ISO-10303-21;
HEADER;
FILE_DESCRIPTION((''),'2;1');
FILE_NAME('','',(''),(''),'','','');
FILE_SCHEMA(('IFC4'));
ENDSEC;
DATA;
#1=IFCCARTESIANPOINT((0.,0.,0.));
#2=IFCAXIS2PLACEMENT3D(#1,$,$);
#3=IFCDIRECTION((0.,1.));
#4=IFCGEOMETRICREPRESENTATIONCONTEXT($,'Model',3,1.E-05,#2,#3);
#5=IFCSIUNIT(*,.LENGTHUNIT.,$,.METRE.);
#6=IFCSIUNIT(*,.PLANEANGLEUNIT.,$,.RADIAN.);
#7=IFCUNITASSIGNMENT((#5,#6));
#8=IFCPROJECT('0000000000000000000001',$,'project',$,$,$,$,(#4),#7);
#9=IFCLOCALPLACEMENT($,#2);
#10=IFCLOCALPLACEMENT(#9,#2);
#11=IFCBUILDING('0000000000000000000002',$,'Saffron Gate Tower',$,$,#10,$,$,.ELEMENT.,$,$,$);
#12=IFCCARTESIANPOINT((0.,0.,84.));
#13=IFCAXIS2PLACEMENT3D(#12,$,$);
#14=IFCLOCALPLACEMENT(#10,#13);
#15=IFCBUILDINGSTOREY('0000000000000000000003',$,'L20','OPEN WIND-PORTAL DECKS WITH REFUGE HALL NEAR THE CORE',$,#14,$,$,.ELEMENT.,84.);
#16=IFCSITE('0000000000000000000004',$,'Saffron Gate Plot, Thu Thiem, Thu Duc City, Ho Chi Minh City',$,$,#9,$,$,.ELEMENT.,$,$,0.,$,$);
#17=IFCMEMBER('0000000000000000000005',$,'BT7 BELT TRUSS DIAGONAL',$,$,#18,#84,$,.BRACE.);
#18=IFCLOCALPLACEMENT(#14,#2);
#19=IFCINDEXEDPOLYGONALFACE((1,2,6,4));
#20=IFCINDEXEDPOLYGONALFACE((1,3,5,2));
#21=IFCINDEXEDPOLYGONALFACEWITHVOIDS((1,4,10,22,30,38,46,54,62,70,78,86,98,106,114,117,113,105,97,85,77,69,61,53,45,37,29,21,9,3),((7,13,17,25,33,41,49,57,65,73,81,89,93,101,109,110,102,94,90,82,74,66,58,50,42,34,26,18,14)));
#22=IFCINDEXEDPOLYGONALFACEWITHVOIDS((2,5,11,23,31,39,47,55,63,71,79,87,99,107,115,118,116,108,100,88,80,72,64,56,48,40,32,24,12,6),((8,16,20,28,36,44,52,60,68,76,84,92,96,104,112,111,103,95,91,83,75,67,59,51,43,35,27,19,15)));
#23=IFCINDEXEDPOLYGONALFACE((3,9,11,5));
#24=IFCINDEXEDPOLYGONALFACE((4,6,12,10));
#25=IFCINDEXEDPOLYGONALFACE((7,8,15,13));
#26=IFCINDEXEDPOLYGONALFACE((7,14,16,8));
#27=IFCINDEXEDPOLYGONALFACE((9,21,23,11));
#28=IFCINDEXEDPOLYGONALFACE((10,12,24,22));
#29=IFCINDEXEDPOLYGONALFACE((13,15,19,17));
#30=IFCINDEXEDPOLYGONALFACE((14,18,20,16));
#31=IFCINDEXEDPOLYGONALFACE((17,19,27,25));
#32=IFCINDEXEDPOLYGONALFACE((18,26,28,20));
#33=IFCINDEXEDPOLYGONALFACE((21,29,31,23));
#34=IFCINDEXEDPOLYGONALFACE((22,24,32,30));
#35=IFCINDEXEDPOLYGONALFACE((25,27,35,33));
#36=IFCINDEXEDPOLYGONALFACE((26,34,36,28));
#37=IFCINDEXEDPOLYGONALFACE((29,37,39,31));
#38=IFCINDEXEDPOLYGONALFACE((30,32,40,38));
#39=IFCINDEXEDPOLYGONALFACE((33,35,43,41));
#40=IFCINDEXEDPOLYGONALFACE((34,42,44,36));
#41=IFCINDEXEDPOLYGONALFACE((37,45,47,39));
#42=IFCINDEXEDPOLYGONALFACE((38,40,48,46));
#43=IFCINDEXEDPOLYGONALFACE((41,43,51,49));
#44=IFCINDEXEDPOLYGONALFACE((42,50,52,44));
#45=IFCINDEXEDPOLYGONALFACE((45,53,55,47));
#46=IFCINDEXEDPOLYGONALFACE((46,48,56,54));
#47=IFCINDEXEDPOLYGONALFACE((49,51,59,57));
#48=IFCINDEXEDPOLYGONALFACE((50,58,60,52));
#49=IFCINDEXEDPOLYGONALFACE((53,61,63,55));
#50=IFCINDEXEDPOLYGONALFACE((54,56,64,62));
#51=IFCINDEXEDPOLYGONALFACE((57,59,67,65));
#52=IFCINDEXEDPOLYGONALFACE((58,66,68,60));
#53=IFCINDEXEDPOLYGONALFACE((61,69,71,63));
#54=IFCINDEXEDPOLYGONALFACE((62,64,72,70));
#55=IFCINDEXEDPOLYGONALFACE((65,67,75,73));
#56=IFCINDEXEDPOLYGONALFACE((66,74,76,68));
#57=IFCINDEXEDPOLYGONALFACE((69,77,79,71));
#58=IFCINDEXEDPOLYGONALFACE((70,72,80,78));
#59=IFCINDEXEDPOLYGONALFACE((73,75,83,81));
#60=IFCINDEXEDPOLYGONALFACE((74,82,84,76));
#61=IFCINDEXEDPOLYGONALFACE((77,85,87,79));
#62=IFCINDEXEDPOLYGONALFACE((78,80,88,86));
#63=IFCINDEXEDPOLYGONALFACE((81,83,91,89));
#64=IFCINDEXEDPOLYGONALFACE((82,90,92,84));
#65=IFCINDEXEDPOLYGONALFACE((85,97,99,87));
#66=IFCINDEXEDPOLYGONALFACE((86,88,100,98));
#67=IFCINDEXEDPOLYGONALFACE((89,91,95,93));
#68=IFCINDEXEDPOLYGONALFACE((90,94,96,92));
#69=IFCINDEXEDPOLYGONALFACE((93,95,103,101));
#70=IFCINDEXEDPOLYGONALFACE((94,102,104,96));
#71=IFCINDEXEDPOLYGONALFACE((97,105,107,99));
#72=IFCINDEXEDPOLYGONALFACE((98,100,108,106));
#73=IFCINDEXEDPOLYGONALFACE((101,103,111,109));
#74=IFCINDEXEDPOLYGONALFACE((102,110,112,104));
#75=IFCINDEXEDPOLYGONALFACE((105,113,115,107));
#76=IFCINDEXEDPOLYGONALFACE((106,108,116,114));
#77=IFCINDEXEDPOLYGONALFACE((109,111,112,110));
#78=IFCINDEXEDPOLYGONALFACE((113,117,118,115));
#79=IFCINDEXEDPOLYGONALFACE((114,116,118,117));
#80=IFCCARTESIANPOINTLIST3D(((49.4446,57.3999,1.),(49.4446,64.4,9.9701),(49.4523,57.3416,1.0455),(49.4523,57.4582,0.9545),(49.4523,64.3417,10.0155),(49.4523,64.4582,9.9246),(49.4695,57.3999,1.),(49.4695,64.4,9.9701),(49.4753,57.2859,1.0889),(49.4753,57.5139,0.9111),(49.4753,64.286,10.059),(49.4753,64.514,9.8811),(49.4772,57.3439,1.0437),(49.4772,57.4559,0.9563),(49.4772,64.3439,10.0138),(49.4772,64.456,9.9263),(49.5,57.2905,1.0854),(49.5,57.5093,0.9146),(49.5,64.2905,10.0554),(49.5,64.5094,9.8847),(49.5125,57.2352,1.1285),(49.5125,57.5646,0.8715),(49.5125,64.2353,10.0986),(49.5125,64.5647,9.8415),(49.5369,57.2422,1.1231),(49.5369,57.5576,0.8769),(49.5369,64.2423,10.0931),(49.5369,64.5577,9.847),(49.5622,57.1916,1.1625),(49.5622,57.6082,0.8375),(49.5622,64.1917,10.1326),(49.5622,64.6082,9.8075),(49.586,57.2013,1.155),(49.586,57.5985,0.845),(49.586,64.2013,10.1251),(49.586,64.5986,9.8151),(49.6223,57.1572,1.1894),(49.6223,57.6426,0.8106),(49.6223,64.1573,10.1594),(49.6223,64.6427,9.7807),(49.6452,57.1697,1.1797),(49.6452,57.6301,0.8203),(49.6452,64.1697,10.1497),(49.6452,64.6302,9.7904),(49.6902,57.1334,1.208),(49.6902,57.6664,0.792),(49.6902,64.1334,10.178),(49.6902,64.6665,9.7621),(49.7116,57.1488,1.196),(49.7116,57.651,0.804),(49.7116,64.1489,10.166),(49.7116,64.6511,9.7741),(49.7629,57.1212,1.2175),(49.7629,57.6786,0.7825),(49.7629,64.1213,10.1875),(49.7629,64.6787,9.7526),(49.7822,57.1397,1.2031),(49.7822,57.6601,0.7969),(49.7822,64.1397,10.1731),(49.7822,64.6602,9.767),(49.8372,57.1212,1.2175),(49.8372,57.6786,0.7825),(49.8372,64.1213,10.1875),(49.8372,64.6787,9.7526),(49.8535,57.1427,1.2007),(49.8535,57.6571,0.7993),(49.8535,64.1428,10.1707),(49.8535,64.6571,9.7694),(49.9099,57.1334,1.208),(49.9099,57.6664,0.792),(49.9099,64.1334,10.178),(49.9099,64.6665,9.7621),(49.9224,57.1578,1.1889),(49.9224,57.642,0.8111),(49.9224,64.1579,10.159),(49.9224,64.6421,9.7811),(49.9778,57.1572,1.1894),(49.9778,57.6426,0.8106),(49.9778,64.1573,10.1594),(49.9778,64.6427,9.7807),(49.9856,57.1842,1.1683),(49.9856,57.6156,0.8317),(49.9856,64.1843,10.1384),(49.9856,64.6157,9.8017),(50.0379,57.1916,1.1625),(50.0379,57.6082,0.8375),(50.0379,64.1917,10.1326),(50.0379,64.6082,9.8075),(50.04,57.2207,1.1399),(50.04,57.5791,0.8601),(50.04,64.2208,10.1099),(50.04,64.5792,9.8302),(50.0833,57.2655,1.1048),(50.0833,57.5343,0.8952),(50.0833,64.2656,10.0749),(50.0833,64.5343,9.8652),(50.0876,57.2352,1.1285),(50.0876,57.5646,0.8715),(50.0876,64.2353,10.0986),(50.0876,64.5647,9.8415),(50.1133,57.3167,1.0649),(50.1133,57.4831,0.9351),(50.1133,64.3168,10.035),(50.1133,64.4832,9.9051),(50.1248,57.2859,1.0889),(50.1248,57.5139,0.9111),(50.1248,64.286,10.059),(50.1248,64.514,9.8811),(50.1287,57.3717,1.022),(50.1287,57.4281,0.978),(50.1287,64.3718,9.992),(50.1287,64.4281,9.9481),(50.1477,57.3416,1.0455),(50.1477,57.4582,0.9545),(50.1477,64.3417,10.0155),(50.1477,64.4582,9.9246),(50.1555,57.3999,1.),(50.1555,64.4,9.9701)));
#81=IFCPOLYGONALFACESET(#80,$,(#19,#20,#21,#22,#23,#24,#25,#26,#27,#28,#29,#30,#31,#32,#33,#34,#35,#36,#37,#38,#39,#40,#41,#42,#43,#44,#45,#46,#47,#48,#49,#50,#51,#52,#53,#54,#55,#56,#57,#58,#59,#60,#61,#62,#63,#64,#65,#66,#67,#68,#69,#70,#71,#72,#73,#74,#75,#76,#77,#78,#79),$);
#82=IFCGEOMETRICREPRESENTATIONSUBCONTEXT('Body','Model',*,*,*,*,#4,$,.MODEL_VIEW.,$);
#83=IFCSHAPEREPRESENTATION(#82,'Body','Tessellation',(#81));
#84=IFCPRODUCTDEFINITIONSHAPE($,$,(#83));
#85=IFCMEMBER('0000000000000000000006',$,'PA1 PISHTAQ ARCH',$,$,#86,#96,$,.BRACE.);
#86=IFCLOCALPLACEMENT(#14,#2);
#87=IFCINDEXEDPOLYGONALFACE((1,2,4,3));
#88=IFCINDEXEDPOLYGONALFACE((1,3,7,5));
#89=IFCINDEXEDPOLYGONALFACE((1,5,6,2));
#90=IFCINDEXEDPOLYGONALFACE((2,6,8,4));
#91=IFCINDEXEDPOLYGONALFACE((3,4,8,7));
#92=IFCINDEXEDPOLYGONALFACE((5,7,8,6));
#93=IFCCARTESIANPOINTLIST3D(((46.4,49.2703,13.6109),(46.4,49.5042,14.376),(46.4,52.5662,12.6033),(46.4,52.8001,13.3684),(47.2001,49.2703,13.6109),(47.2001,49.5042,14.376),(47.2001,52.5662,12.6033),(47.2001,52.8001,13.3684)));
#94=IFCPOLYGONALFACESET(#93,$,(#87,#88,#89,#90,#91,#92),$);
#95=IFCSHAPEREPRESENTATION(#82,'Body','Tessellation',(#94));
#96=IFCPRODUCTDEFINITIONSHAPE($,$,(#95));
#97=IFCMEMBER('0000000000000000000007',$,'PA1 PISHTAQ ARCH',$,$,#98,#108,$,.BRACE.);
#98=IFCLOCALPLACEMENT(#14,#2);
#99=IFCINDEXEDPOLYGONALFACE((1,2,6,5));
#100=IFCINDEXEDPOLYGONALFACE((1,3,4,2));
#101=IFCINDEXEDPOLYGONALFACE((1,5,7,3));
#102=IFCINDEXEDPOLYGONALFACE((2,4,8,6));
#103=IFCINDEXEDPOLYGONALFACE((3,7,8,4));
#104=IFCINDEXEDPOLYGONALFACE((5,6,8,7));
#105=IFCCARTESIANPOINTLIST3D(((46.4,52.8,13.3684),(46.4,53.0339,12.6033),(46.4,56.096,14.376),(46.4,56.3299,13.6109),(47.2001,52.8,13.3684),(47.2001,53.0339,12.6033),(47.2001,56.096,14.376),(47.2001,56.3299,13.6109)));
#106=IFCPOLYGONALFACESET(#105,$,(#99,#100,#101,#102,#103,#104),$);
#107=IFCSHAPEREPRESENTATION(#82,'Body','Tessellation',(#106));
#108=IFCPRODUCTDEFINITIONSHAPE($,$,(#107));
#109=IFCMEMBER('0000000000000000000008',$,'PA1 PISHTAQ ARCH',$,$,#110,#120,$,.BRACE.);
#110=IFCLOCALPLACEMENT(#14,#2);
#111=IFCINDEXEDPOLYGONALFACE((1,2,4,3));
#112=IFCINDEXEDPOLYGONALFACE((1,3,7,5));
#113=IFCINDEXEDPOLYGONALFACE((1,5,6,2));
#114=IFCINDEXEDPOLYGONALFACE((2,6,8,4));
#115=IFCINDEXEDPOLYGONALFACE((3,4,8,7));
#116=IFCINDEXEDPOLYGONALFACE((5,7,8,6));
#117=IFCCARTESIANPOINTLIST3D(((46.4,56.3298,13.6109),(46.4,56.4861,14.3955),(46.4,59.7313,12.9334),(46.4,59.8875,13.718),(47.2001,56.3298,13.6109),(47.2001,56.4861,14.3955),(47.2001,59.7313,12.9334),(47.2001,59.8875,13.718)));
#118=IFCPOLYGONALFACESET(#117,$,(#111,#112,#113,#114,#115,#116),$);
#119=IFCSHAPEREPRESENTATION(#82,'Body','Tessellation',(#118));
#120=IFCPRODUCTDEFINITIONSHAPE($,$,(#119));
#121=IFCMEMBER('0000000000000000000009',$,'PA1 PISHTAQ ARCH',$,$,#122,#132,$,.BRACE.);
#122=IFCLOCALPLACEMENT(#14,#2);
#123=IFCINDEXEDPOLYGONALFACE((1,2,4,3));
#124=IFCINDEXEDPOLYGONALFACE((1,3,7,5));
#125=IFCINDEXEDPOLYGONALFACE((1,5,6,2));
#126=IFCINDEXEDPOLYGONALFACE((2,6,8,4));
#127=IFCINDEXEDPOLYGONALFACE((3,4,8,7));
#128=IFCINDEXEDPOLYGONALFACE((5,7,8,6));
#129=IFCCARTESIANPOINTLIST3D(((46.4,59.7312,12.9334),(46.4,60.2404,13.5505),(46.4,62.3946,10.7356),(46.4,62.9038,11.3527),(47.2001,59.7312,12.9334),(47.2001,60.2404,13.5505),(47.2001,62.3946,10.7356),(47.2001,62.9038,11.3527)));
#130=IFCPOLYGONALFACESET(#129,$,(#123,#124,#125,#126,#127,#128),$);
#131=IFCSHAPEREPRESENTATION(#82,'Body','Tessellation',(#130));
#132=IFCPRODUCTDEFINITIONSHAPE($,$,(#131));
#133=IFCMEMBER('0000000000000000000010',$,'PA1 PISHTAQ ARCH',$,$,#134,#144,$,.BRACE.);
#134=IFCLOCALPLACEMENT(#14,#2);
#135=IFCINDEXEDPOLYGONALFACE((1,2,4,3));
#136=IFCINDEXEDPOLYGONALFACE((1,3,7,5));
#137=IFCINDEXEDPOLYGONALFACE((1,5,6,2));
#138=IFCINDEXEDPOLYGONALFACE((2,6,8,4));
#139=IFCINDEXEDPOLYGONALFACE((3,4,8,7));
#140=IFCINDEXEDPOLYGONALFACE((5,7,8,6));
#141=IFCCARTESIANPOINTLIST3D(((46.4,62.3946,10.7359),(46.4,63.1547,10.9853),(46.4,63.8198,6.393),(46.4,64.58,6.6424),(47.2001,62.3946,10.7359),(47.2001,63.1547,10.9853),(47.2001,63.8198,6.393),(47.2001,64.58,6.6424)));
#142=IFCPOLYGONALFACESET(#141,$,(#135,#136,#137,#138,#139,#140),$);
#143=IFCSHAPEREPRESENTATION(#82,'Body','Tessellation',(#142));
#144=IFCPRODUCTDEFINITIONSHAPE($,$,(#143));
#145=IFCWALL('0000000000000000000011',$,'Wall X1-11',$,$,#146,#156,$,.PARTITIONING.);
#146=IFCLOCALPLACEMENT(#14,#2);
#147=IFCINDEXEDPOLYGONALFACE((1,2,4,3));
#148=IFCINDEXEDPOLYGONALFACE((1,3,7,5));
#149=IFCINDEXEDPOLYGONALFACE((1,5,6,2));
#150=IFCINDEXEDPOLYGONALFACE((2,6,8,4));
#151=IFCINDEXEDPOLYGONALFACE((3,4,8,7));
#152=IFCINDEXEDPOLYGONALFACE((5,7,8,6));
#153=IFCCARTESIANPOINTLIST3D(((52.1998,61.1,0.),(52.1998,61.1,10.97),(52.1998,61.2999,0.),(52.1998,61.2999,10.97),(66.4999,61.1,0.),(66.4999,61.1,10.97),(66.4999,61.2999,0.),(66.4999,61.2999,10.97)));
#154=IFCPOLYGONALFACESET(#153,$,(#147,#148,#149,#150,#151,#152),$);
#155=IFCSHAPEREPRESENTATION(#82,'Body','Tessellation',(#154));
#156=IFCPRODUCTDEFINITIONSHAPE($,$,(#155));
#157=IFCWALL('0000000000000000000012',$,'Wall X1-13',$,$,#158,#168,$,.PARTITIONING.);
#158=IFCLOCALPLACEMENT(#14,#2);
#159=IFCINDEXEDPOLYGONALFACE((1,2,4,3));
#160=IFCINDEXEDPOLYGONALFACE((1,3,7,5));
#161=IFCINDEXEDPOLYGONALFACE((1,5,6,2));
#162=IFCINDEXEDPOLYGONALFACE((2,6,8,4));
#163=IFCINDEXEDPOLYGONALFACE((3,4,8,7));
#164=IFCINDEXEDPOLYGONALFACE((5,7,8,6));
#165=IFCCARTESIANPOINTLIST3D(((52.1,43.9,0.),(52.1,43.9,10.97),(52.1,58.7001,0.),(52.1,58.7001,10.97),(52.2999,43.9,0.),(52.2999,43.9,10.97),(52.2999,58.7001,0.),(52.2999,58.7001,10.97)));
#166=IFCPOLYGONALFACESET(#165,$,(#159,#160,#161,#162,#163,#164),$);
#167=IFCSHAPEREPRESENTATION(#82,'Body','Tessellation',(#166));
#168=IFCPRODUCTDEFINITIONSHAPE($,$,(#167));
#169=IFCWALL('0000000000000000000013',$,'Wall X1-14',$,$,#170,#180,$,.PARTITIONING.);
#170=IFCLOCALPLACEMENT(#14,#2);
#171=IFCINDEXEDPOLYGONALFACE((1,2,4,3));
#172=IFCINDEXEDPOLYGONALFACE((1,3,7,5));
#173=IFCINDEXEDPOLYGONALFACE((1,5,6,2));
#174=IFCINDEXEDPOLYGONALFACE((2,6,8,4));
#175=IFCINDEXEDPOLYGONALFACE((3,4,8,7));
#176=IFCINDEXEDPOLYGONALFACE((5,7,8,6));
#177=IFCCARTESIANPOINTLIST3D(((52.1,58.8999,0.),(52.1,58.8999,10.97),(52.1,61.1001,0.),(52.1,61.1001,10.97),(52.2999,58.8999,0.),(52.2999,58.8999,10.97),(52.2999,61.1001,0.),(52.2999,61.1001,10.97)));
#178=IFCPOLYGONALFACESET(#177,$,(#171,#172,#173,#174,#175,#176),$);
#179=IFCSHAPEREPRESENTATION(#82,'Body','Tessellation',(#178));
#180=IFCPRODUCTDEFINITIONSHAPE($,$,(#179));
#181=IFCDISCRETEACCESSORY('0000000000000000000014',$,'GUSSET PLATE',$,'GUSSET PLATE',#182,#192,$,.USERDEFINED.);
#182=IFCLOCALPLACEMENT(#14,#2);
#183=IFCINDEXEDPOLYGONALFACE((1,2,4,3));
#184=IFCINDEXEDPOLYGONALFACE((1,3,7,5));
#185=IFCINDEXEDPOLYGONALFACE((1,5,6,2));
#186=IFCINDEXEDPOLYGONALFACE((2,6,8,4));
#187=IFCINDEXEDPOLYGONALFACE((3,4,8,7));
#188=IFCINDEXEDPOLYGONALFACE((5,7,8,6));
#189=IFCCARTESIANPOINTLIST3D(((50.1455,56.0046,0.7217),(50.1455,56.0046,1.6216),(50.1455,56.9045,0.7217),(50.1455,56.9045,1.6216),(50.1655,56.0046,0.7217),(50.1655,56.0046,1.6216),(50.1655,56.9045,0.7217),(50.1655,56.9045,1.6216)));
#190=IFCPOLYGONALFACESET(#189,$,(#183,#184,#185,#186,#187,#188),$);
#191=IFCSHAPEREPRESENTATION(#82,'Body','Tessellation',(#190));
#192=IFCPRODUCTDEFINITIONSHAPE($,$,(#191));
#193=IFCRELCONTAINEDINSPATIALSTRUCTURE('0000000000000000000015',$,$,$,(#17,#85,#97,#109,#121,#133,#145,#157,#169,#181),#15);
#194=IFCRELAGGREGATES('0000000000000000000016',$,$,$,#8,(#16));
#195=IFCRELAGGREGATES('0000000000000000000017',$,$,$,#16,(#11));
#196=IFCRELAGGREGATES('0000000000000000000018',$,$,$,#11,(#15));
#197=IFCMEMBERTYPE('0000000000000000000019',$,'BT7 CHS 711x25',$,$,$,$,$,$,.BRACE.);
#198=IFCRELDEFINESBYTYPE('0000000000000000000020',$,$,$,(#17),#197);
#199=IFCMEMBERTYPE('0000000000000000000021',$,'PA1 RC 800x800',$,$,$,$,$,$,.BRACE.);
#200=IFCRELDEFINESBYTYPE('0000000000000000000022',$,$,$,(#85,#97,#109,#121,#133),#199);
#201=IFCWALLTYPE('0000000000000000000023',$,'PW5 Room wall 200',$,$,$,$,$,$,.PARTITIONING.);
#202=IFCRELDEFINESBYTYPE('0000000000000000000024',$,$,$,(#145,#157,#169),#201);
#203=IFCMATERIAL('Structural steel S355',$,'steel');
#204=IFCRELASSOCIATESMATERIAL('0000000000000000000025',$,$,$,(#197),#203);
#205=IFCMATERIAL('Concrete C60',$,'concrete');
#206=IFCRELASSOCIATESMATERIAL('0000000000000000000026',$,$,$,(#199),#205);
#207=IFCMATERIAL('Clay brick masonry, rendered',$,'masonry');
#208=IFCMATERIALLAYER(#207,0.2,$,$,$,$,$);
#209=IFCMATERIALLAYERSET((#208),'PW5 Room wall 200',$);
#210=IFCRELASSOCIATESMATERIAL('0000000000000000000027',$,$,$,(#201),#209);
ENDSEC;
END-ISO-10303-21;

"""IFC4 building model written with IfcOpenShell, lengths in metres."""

from ifc_helpers import new_model, si_unit, direction, frame, frame_2d, origin, origin_2d, place, context, subcontext, project, spatial, rectangle, hollow_circle, extrude, material, layer, layer_set, material_profile, profile_set, type_object, element, save


model = new_model("IFC4")

# Units and contexts
model_context = context("Model", 3, precision=1e-05, world=origin(), true_north=direction((0.0, 1.0)))
body_context = subcontext(model_context, "Body", "Model", "MODEL_VIEW")
ifc_project = project(units=[si_unit("LENGTHUNIT", "METRE"), si_unit("PLANEANGLEUNIT", "RADIAN")], contexts=[model_context])

# Site, building, storey
site_placement = place(None, origin())
site = spatial("IfcSite", under=ifc_project, at=site_placement, Name="Saffron Gate Plot, Thu Thiem, Thu Duc City, Ho Chi Minh City", CompositionType="ELEMENT", RefElevation=0.0)
building_placement = place(site_placement, origin())
building = spatial("IfcBuilding", under=site, at=building_placement, Name="Saffron Gate Tower", CompositionType="ELEMENT")
storey_placement = place(building_placement, frame((0.0, 0.0, 84.0)))
storey = spatial("IfcBuildingStorey", under=building, at=storey_placement, Name="L20", Description="OPEN WIND-PORTAL DECKS WITH REFUGE HALL NEAR THE CORE", CompositionType="ELEMENT", Elevation=84.0)

# Shared definitions
ifc_material_1 = material(Name="Concrete C60", Category="concrete")

# Shared definitions
ifc_material_2 = material(Name="Structural steel S355", Category="steel")

# Members
ifc_material_profile_1 = material_profile(ifc_material_2, hollow_circle(Radius=0.3555, WallThickness=0.0249, at=origin_2d()))
ifc_profile_set_1 = profile_set([ifc_material_profile_1], Name="Structural steel S355")
member_type_1 = type_object("IfcMemberType", Name="BT7 CHS 711x25", PredefinedType="BRACE", material=ifc_profile_set_1)
member_1_placement = place(storey_placement, frame((49.8, 57.3999, 1.0), z_axis=(0.0, 0.615219, 0.788356), x_axis=(-1.0, 0.0, 0.0)))
element("IfcMember", 1, at=member_1_placement, inside=storey, type_object=member_type_1, Name="BT7 BELT TRUSS DIAGONAL", PredefinedType="BRACE", context=body_context, shape_type="SweptSolid", body=[
    extrude(hollow_circle(Radius=0.3555, WallThickness=0.0249, at=origin_2d()), origin(), (0.0, 0.0, 1.0), 11.3782),
])
ifc_material_profile_2 = material_profile(ifc_material_1, rectangle(XDim=0.8, YDim=0.8, at=origin_2d()))
ifc_profile_set_2 = profile_set([ifc_material_profile_2], Name="Concrete C60")
member_type_2 = type_object("IfcMemberType", Name="PA1 RC 800x800", PredefinedType="BRACE", material=ifc_profile_set_2)
for number, where, z_axis, x_axis, name in (
    (2, (46.8, 49.3872, 13.9934), (0.0, 0.956312, -0.292348), (-1.0, 0.0, 0.0), "PA1 PISHTAQ ARCH"),
    (3, (46.8, 52.917, 12.9858), (0.0, 0.956312, 0.292348), (-1.0, 0.0, 0.0), "PA1 PISHTAQ ARCH"),
):
    element("IfcMember", number, at=place(storey_placement, frame(where, z_axis=z_axis, x_axis=x_axis)), inside=storey, type_object=member_type_2, Name=name, PredefinedType="BRACE", context=body_context, shape_type="SweptSolid", body=[
        extrude(rectangle(XDim=0.8, YDim=0.8, at=origin_2d()), origin(), (0.0, 0.0, 1.0), 3.4465),
    ])
member_2_placement = place(storey_placement, frame((46.8, 56.408, 14.0032), z_axis=(0.0, 0.980735, -0.195344), x_axis=(-1.0, 0.0, 0.0)))
element("IfcMember", 4, at=member_2_placement, inside=storey, type_object=member_type_2, Name="PA1 PISHTAQ ARCH", PredefinedType="BRACE", context=body_context, shape_type="SweptSolid", body=[
    extrude(rectangle(XDim=0.8, YDim=0.8, at=origin_2d()), origin(), (0.0, 0.0, 1.0), 3.4683),
])
member_3_placement = place(storey_placement, frame((46.8, 59.9858, 13.2419), z_axis=(0.0, 0.771301, -0.63647), x_axis=(-1.0, 0.0, 0.0)))
element("IfcMember", 5, at=member_3_placement, inside=storey, type_object=member_type_2, Name="PA1 PISHTAQ ARCH", PredefinedType="BRACE", context=body_context, shape_type="SweptSolid", body=[
    extrude(rectangle(XDim=0.8, YDim=0.8, at=origin_2d()), origin(), (0.0, 0.0, 1.0), 3.4531),
])
member_4_placement = place(storey_placement, frame((46.8, 62.7747, 10.8606), z_axis=(0.0, 0.311818, -0.950142), x_axis=(-1.0, 0.0, 0.0)))
element("IfcMember", 6, at=member_4_placement, inside=storey, type_object=member_type_2, Name="PA1 PISHTAQ ARCH", PredefinedType="BRACE", context=body_context, shape_type="SweptSolid", body=[
    extrude(rectangle(XDim=0.8, YDim=0.8, at=origin_2d()), origin(), (0.0, 0.0, 1.0), 4.5708),
])

# Walls
ifc_material_3 = material(Name="Clay brick masonry, rendered", Category="masonry")
ifc_layer = layer(ifc_material_3, 0.2)
ifc_layer_set = layer_set([ifc_layer], Name="PW5 Room wall 200")
wall_type = type_object("IfcWallType", Name="PW5 Room wall 200", PredefinedType="PARTITIONING", material=ifc_layer_set)
wall_1_placement = place(storey_placement, frame((52.2, 61.2, 0.0), z_axis=(0.0, 0.0, 1.0), x_axis=(1.0, 0.0, 0.0)))
element("IfcWall", 7, at=wall_1_placement, inside=storey, type_object=wall_type, Name="Wall X1-11", PredefinedType="PARTITIONING", context=body_context, shape_type="SweptSolid", body=[
    extrude(rectangle(XDim=14.3, YDim=0.2, at=frame_2d((7.1499, 0.0))), origin(), (0.0, 0.0, 1.0), 10.97),
])
wall_2_placement = place(storey_placement, frame((52.2, 58.7, 0.0), z_axis=(0.0, 0.0, 1.0), x_axis=(0.0, -1.0, 0.0)))
element("IfcWall", 8, at=wall_2_placement, inside=storey, type_object=wall_type, Name="Wall X1-13", PredefinedType="PARTITIONING", context=body_context, shape_type="SweptSolid", body=[
    extrude(rectangle(XDim=14.8, YDim=0.2, at=frame_2d((7.3999, 0.0))), origin(), (0.0, 0.0, 1.0), 10.97),
])
wall_3_placement = place(storey_placement, frame((52.2, 61.1001, 0.0), z_axis=(0.0, 0.0, 1.0), x_axis=(0.0, -1.0, 0.0)))
element("IfcWall", 9, at=wall_3_placement, inside=storey, type_object=wall_type, Name="Wall X1-14", PredefinedType="PARTITIONING", context=body_context, shape_type="SweptSolid", body=[
    extrude(rectangle(XDim=2.2002, YDim=0.2, at=frame_2d((1.1001, 0.0))), origin(), (0.0, 0.0, 1.0), 10.97),
])

# Discrete accessory
for number, where, z_axis, x_axis, name in (
    (10, (50.1555, 56.4546, 0.7217), (0.0, 0.0, 1.0), (0.0, -1.0, 0.0), "GUSSET PLATE"),
):
    element("IfcDiscreteAccessory", number, at=place(storey_placement, frame(where, z_axis=z_axis, x_axis=x_axis)), inside=storey, Name=name, ObjectType="GUSSET PLATE", PredefinedType="USERDEFINED", context=body_context, shape_type="SweptSolid", body=[
        extrude(rectangle(XDim=0.8999, YDim=0.02, at=origin_2d()), origin(), (0.0, 0.0, 1.0), 0.8999),
    ])

save(model, "model.ifc")
